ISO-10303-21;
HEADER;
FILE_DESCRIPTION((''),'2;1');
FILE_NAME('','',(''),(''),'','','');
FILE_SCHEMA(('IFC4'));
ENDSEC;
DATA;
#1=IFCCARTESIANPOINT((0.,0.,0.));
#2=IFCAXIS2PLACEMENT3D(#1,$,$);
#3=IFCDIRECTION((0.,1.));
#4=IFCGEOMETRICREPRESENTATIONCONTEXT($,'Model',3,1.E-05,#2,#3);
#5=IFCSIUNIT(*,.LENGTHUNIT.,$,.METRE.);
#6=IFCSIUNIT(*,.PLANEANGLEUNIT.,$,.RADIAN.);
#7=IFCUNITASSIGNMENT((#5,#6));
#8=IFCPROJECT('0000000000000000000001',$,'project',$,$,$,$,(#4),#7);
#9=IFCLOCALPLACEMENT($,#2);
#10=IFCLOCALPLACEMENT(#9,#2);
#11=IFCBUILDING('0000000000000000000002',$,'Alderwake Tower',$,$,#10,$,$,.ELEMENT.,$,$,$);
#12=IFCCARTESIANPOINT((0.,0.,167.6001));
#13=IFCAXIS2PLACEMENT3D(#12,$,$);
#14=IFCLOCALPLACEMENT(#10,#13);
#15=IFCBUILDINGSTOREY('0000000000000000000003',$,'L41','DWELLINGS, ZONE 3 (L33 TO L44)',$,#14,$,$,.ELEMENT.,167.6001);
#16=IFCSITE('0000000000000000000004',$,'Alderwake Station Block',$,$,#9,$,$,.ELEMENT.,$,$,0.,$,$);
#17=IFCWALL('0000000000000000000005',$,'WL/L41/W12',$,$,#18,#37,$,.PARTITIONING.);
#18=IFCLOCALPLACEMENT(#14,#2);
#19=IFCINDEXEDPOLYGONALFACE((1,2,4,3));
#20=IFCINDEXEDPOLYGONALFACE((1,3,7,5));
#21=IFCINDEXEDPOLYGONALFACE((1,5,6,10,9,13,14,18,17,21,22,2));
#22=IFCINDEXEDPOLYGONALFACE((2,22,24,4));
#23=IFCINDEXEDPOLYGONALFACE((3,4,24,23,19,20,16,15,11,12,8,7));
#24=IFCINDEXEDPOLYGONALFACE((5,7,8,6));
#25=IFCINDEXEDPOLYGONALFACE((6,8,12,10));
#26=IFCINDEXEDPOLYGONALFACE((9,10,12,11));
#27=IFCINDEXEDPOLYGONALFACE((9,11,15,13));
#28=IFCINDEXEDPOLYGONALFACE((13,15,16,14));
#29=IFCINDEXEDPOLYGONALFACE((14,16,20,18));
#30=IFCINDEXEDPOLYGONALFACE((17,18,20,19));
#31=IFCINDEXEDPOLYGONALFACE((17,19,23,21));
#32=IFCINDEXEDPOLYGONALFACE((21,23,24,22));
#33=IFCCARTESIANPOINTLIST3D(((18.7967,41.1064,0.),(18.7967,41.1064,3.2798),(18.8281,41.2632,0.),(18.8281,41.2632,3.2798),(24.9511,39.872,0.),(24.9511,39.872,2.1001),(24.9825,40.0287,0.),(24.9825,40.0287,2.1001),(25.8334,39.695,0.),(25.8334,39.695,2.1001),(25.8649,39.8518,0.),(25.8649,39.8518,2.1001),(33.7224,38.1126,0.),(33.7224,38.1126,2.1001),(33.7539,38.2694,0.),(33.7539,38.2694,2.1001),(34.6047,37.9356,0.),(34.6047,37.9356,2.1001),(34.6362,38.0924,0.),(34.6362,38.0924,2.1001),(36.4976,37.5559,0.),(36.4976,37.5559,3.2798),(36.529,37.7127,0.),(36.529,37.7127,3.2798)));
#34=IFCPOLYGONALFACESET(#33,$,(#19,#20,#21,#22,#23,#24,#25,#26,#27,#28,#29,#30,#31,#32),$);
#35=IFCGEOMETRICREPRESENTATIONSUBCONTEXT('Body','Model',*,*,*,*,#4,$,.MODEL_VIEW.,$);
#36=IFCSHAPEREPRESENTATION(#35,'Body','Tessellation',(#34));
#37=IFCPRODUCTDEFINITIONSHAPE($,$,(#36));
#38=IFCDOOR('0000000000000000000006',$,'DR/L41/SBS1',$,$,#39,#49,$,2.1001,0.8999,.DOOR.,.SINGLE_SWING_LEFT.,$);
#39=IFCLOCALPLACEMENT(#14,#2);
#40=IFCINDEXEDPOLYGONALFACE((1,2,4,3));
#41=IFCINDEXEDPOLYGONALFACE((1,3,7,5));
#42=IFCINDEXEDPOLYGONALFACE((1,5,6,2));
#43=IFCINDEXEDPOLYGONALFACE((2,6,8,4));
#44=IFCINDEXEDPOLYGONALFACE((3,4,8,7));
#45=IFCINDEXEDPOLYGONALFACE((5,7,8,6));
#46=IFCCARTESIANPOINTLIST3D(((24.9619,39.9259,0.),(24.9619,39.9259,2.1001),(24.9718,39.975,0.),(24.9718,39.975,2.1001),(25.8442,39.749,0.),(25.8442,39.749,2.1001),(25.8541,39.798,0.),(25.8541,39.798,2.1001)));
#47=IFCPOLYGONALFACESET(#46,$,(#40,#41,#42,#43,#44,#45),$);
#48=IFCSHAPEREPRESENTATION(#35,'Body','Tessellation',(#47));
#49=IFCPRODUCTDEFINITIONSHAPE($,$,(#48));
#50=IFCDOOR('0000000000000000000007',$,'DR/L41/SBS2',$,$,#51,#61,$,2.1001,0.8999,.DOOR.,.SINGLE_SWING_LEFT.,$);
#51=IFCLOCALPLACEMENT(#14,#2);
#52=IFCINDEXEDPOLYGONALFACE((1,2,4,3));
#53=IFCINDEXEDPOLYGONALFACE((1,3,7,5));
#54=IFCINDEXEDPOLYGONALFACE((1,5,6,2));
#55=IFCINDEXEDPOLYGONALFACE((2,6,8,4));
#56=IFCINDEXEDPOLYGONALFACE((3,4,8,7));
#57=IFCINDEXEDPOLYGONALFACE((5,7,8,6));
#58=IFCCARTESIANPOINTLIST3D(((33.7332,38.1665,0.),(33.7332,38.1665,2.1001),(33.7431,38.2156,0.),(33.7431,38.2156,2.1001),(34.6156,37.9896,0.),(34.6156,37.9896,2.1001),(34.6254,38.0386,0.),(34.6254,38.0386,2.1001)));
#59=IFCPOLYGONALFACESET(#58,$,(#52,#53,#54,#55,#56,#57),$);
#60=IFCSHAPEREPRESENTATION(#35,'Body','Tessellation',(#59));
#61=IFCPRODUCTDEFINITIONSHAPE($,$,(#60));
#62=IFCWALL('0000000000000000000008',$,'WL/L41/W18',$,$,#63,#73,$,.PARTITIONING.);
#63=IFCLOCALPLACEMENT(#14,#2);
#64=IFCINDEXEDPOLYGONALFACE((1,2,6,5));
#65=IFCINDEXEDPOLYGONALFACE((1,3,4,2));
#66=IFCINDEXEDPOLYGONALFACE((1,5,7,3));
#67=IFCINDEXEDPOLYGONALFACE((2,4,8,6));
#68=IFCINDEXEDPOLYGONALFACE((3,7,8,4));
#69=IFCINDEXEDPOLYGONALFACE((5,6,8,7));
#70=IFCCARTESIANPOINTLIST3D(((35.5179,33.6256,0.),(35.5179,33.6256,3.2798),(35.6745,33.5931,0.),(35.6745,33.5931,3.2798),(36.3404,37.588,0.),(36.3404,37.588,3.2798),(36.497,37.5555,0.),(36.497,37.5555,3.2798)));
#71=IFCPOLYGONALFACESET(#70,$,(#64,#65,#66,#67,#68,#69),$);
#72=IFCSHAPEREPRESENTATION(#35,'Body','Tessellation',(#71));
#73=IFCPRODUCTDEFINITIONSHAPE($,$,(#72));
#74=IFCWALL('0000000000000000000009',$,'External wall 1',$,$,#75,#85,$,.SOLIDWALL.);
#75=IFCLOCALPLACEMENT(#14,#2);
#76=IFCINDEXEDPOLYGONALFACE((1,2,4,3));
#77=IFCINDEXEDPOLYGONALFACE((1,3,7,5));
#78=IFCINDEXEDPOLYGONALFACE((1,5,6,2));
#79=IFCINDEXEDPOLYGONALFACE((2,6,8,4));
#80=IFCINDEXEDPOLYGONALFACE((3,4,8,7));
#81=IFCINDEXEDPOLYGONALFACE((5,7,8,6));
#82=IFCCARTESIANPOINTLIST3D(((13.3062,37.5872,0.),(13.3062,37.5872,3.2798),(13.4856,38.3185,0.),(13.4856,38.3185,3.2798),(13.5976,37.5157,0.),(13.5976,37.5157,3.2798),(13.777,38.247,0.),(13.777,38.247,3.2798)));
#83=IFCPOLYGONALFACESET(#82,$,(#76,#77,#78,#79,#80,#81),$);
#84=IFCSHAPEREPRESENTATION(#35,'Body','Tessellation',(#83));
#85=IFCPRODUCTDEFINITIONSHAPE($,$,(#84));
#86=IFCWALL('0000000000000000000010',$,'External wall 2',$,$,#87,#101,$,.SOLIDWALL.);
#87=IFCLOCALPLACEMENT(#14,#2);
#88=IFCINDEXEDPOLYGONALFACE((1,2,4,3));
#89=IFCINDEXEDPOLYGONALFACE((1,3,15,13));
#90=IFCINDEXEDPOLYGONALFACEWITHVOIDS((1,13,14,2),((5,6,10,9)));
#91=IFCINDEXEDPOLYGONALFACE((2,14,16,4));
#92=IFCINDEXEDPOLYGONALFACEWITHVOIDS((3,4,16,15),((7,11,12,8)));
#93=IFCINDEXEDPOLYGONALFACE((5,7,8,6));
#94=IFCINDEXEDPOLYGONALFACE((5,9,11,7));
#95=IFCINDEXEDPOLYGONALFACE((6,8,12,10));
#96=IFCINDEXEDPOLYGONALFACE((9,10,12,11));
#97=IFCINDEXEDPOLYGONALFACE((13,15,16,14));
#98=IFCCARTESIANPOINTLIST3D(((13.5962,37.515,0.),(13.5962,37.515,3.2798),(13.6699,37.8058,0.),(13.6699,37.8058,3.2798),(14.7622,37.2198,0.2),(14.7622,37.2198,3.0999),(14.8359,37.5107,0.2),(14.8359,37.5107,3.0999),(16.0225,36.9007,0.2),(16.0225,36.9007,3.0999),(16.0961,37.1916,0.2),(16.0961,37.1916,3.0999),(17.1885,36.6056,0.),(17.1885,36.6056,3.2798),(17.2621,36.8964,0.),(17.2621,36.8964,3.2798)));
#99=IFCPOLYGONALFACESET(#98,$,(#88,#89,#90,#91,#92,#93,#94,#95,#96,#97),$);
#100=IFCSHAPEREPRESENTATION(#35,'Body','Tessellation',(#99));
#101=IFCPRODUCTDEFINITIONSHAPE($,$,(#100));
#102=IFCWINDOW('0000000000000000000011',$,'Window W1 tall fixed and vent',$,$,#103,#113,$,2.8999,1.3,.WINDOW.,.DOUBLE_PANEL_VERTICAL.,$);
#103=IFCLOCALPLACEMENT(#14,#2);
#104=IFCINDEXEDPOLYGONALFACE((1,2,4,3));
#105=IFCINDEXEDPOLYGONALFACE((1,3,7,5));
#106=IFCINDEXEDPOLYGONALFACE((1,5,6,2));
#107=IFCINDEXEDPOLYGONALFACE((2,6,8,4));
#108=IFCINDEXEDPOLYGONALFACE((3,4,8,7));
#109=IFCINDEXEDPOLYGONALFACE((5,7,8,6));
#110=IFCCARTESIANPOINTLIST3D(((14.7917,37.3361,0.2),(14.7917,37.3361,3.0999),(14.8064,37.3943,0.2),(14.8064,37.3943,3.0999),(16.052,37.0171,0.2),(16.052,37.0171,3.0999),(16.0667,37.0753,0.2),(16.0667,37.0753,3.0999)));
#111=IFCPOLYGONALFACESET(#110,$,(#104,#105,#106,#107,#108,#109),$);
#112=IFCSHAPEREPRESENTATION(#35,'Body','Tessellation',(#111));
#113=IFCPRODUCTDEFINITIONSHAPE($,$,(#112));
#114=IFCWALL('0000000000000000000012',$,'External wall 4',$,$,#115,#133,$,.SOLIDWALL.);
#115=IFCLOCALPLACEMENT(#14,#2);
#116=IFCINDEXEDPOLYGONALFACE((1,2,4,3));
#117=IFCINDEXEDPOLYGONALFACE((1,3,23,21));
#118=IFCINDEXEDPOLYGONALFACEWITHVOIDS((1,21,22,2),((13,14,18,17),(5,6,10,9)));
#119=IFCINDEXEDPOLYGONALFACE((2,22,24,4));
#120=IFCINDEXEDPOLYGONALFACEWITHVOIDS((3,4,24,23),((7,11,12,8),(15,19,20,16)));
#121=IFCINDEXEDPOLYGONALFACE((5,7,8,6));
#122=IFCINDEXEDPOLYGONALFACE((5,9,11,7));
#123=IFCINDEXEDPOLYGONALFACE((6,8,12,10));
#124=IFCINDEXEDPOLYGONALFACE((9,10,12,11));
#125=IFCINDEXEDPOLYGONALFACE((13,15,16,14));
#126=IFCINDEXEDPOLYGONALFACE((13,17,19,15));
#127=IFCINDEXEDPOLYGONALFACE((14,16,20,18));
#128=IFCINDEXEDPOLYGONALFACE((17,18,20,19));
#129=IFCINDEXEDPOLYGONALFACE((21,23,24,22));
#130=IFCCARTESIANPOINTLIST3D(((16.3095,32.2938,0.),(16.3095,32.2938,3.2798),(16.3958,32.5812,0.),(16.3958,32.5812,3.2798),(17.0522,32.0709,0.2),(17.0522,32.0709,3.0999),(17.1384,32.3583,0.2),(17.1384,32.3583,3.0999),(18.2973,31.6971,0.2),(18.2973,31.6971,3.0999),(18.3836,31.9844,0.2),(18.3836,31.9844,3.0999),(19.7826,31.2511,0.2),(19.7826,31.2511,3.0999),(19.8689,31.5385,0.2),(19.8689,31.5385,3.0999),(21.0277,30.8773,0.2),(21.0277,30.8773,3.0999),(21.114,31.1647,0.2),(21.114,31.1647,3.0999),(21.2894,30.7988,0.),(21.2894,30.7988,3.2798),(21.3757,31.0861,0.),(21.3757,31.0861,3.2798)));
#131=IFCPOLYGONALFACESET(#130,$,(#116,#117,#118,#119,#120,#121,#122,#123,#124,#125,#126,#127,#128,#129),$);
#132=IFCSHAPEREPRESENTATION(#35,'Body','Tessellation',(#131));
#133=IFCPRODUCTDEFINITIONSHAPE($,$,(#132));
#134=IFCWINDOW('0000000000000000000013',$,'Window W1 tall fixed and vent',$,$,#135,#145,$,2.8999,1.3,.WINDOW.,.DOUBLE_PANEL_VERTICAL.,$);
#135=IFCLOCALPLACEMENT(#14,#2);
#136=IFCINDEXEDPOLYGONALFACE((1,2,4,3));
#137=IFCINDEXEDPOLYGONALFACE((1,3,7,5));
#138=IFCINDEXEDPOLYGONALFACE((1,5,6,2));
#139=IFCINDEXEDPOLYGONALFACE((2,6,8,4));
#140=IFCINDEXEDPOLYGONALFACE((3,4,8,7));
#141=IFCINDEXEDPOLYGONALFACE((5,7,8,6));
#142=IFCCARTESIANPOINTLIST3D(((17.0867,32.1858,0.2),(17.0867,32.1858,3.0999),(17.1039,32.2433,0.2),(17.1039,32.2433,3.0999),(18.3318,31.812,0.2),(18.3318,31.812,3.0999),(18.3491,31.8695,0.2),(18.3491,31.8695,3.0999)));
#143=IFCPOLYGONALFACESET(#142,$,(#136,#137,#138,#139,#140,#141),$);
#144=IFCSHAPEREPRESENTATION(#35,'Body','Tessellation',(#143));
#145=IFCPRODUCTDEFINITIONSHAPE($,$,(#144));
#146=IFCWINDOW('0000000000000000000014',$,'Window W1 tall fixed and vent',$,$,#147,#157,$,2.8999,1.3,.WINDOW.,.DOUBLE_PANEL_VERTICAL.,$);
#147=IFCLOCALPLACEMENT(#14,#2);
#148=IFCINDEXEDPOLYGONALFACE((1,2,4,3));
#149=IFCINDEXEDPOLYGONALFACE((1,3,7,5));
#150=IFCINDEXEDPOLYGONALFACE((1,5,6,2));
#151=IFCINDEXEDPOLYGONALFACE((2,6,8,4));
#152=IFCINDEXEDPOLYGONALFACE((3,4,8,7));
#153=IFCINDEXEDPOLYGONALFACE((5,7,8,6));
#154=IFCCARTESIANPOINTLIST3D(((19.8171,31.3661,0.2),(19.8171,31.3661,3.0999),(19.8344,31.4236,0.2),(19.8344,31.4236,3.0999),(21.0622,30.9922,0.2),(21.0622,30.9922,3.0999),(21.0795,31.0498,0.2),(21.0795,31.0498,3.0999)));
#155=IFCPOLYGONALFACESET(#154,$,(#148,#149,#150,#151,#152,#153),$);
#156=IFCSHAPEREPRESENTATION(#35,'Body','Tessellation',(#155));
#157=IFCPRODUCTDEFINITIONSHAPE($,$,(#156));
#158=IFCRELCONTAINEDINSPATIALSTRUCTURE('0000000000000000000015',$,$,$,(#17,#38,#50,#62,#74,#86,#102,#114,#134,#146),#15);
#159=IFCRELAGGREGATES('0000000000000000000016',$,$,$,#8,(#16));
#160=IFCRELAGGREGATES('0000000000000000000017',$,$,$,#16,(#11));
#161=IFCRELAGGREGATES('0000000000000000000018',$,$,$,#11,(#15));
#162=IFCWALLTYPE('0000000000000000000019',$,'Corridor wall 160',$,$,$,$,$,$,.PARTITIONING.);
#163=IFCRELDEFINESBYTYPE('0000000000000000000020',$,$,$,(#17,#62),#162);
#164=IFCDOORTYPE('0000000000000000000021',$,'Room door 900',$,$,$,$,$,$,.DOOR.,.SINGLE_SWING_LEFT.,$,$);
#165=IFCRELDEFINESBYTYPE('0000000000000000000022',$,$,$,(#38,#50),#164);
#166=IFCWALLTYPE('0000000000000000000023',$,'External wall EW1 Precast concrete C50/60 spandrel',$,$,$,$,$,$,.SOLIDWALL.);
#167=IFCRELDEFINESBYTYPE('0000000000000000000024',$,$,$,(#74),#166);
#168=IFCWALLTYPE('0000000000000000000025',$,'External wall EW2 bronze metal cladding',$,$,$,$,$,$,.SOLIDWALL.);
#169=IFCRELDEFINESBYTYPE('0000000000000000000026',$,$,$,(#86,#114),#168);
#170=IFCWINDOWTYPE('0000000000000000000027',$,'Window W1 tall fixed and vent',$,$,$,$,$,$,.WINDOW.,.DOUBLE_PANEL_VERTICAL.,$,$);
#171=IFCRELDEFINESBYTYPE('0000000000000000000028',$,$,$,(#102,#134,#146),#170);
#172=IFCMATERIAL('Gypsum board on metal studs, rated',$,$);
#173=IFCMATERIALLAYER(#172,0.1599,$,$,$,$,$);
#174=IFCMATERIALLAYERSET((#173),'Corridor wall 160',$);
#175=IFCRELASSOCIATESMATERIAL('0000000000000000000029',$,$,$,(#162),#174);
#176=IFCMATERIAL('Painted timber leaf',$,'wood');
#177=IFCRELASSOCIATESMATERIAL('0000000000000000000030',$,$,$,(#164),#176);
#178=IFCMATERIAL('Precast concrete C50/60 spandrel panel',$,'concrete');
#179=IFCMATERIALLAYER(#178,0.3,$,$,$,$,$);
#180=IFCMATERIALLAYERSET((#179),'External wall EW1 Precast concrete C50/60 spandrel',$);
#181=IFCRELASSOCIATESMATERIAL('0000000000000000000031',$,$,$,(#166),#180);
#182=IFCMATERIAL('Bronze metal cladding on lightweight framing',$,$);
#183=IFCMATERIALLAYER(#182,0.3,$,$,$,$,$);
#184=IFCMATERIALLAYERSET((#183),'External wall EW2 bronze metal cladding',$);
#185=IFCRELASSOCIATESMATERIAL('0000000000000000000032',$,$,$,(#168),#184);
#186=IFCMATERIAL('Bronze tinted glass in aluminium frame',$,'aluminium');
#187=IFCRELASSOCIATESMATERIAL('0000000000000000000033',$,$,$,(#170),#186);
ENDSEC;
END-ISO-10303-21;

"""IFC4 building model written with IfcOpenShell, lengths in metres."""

from ifc_helpers import new_model, si_unit, direction, frame, frame_2d, origin, place, context, subcontext, project, spatial, rectangle, extrude, material, layer, layer_set, type_object, element, fill, save


model = new_model("IFC4")

# Units and contexts
model_context = context("Model", 3, precision=1e-05, world=origin(), true_north=direction((0.0, 1.0)))
body_context = subcontext(model_context, "Body", "Model", "MODEL_VIEW")
ifc_project = project(units=[si_unit("LENGTHUNIT", "METRE"), si_unit("PLANEANGLEUNIT", "RADIAN")], contexts=[model_context])

# Site, building, storey
site_placement = place(None, origin())
site = spatial("IfcSite", under=ifc_project, at=site_placement, Name="Alderwake Station Block", CompositionType="ELEMENT", RefElevation=0.0)
building_placement = place(site_placement, origin())
building = spatial("IfcBuilding", under=site, at=building_placement, Name="Alderwake Tower", CompositionType="ELEMENT")
storey_placement = place(building_placement, frame((0.0, 0.0, 167.6001)))
storey = spatial("IfcBuildingStorey", under=building, at=storey_placement, Name="L41", Description="DWELLINGS, ZONE 3 (L33 TO L44)", CompositionType="ELEMENT", Elevation=167.6001)

# Shared definitions
ifc_material_1 = material(Name="Gypsum board on metal studs, rated")
ifc_layer_1 = layer(ifc_material_1, 0.1599)
ifc_layer_set_1 = layer_set([ifc_layer_1], Name="Corridor wall 160")
wall_type_1 = type_object("IfcWallType", Name="Corridor wall 160", PredefinedType="PARTITIONING", material=ifc_layer_set_1)

# Wall, openings, doors
wall_1_placement = place(storey_placement, frame((36.5134, 37.6343, 0.0), z_axis=(0.0, 0.0, 1.0), x_axis=(-0.98047, 0.196667, 0.0)))
wall_1 = element("IfcWall", 1, at=wall_1_placement, inside=storey, type_object=wall_type_1, Name="WL/L41/W12", PredefinedType="PARTITIONING", context=body_context, shape_type="SweptSolid", body=[
    extrude(rectangle(XDim=18.0535, YDim=0.1599, at=frame_2d((9.0269, 0.0))), origin(), (0.0, 0.0, 1.0), 3.2798),
])
opening_1_placement = place(wall_1_placement, frame((10.8767, 0.0, 0.0)))
opening_1 = element("IfcOpeningElement", 2, at=opening_1_placement, cuts=wall_1, PredefinedType="OPENING", context=body_context, shape_type="SweptSolid", body=[
    extrude(rectangle(XDim=0.8999, YDim=2.1001, at=frame_2d((0.45, 1.05))), frame((0.0, 0.0898, 0.0), z_axis=(0.0, -1.0, 0.0), x_axis=(1.0, 0.0, 0.0)), (0.0, 0.0, 1.0), 0.1799),
])
opening_2_placement = place(wall_1_placement, frame((1.9307, 0.0, 0.0)))
opening_2 = element("IfcOpeningElement", 3, at=opening_2_placement, cuts=wall_1, PredefinedType="OPENING", context=body_context, shape_type="SweptSolid", body=[
    extrude(rectangle(XDim=0.8999, YDim=2.1001, at=frame_2d((0.45, 1.05))), frame((0.0, 0.0898, 0.0), z_axis=(0.0, -1.0, 0.0), x_axis=(1.0, 0.0, 0.0)), (0.0, 0.0, 1.0), 0.1799),
])
ifc_material_2 = material(Name="Painted timber leaf", Category="wood")
door_type_1 = type_object("IfcDoorType", Name="Room door 900", OperationType="SINGLE_SWING_LEFT", PredefinedType="DOOR", material=ifc_material_2)
door_1_placement = place(opening_1_placement, origin())
door_1 = element("IfcDoor", 4, at=door_1_placement, inside=storey, type_object=door_type_1, Name="DR/L41/SBS1", OperationType="SINGLE_SWING_LEFT", OverallHeight=2.1001, OverallWidth=0.8999, PredefinedType="DOOR", context=body_context, shape_type="SweptSolid", body=[
    extrude(rectangle(XDim=0.8999, YDim=2.1001, at=frame_2d((0.45, 1.05))), frame((0.0, 0.0249, 0.0), z_axis=(0.0, -1.0, 0.0), x_axis=(1.0, 0.0, 0.0)), (0.0, 0.0, 1.0), 0.05),
])
fill(opening_1, door_1)
door_2_placement = place(opening_2_placement, origin())
door_2 = element("IfcDoor", 5, at=door_2_placement, inside=storey, type_object=door_type_1, Name="DR/L41/SBS2", OperationType="SINGLE_SWING_LEFT", OverallHeight=2.1001, OverallWidth=0.8999, PredefinedType="DOOR", context=body_context, shape_type="SweptSolid", body=[
    extrude(rectangle(XDim=0.8999, YDim=2.1001, at=frame_2d((0.45, 1.05))), frame((0.0, 0.0249, 0.0), z_axis=(0.0, -1.0, 0.0), x_axis=(1.0, 0.0, 0.0)), (0.0, 0.0, 1.0), 0.05),
])
fill(opening_2, door_2)

# Walls
wall_2_placement = place(storey_placement, frame((36.4187, 37.5718, 0.0), z_axis=(0.0, 0.0, 1.0), x_axis=(-0.203246, -0.979128, 0.0)))
element("IfcWall", 6, at=wall_2_placement, inside=storey, type_object=wall_type_1, Name="WL/L41/W18", PredefinedType="PARTITIONING", context=body_context, shape_type="SweptSolid", body=[
    extrude(rectangle(XDim=4.0469, YDim=0.1599, at=frame_2d((2.0234, 0.0))), origin(), (0.0, 0.0, 1.0), 3.2798),
])
ifc_material_3 = material(Name="Precast concrete C50/60 spandrel panel", Category="concrete")
ifc_layer_2 = layer(ifc_material_3, 0.3)
ifc_layer_set_2 = layer_set([ifc_layer_2], Name="External wall EW1 Precast concrete C50/60 spandrel")
wall_type_2 = type_object("IfcWallType", Name="External wall EW1 Precast concrete C50/60 spandrel", PredefinedType="SOLIDWALL", material=ifc_layer_set_2)
wall_3_placement = place(storey_placement, frame((13.6313, 38.2827, 0.0), z_axis=(0.0, 0.0, 1.0), x_axis=(-0.238337, -0.971183, 0.0)))
element("IfcWall", 7, at=wall_3_placement, inside=storey, type_object=wall_type_2, Name="External wall 1", PredefinedType="SOLIDWALL", context=body_context, shape_type="SweptSolid", body=[
    extrude(rectangle(XDim=0.7529, YDim=0.3, at=frame_2d((0.3765, 0.0))), origin(), (0.0, 0.0, 1.0), 3.2798),
])

# Wall, opening, window
ifc_material_4 = material(Name="Bronze metal cladding on lightweight framing")
ifc_layer_3 = layer(ifc_material_4, 0.3)
ifc_layer_set_3 = layer_set([ifc_layer_3], Name="External wall EW2 bronze metal cladding")
wall_type_3 = type_object("IfcWallType", Name="External wall EW2 bronze metal cladding", PredefinedType="SOLIDWALL", material=ifc_layer_set_3)
wall_4_placement = place(storey_placement, frame((13.6331, 37.6604, 0.0), z_axis=(0.0, 0.0, 1.0), x_axis=(0.969417, -0.245418, 0.0)))
wall_4 = element("IfcWall", 8, at=wall_4_placement, inside=storey, type_object=wall_type_3, Name="External wall 2", PredefinedType="SOLIDWALL", context=body_context, shape_type="SweptSolid", body=[
    extrude(rectangle(XDim=3.7056, YDim=0.3, at=frame_2d((1.8528, 0.0))), origin(), (0.0, 0.0, 1.0), 3.2798),
])
opening_3_placement = place(wall_4_placement, frame((1.2029, 0.0, 0.2)))
opening_3 = element("IfcOpeningElement", 9, at=opening_3_placement, cuts=wall_4, PredefinedType="OPENING", context=body_context, shape_type="SweptSolid", body=[
    extrude(rectangle(XDim=1.3, YDim=2.8999, at=frame_2d((0.6499, 1.45))), frame((0.0, 0.1599, 0.0), z_axis=(0.0, -1.0, 0.0), x_axis=(1.0, 0.0, 0.0)), (0.0, 0.0, 1.0), 0.3201),
])
ifc_material_5 = material(Name="Bronze tinted glass in aluminium frame", Category="aluminium")
window_type = type_object("IfcWindowType", Name="Window W1 tall fixed and vent", PartitioningType="DOUBLE_PANEL_VERTICAL", PredefinedType="WINDOW", material=ifc_material_5)
window_1_placement = place(opening_3_placement, origin())
window_1 = element("IfcWindow", 10, at=window_1_placement, inside=storey, type_object=window_type, Name="Window W1 tall fixed and vent", OverallHeight=2.8999, OverallWidth=1.3, PartitioningType="DOUBLE_PANEL_VERTICAL", PredefinedType="WINDOW", context=body_context, shape_type="SweptSolid", body=[
    extrude(rectangle(XDim=1.3, YDim=2.8999, at=frame_2d((0.6499, 1.45))), frame((0.0, 0.03, 0.0), z_axis=(0.0, -1.0, 0.0), x_axis=(1.0, 0.0, 0.0)), (0.0, 0.0, 1.0), 0.0601),
])
fill(opening_3, window_1)

# Wall, openings, windows
wall_5_placement = place(storey_placement, frame((16.3528, 32.4375, 0.0), z_axis=(0.0, 0.0, 1.0), x_axis=(0.957767, -0.287546, 0.0)))
wall_5 = element("IfcWall", 11, at=wall_5_placement, inside=storey, type_object=wall_type_3, Name="External wall 4", PredefinedType="SOLIDWALL", context=body_context, shape_type="SweptSolid", body=[
    extrude(rectangle(XDim=5.1995, YDim=0.3, at=frame_2d((2.5996, 0.0))), origin(), (0.0, 0.0, 1.0), 3.2798),
])
opening_4_placement = place(wall_5_placement, frame((0.7754, 0.0, 0.2)))
opening_4 = element("IfcOpeningElement", 12, at=opening_4_placement, cuts=wall_5, PredefinedType="OPENING", context=body_context, shape_type="SweptSolid", body=[
    extrude(rectangle(XDim=1.3, YDim=2.8999, at=frame_2d((0.6499, 1.45))), frame((0.0, 0.1599, 0.0), z_axis=(0.0, -1.0, 0.0), x_axis=(1.0, 0.0, 0.0)), (0.0, 0.0, 1.0), 0.3201),
])
opening_5_placement = place(wall_5_placement, frame((3.6262, 0.0, 0.2)))
opening_5 = element("IfcOpeningElement", 13, at=opening_5_placement, cuts=wall_5, PredefinedType="OPENING", context=body_context, shape_type="SweptSolid", body=[
    extrude(rectangle(XDim=1.3, YDim=2.8999, at=frame_2d((0.6499, 1.45))), frame((0.0, 0.1599, 0.0), z_axis=(0.0, -1.0, 0.0), x_axis=(1.0, 0.0, 0.0)), (0.0, 0.0, 1.0), 0.3201),
])
window_2_placement = place(opening_4_placement, origin())
window_2 = element("IfcWindow", 14, at=window_2_placement, inside=storey, type_object=window_type, Name="Window W1 tall fixed and vent", OverallHeight=2.8999, OverallWidth=1.3, PartitioningType="DOUBLE_PANEL_VERTICAL", PredefinedType="WINDOW", context=body_context, shape_type="SweptSolid", body=[
    extrude(rectangle(XDim=1.3, YDim=2.8999, at=frame_2d((0.6499, 1.45))), frame((0.0, 0.03, 0.0), z_axis=(0.0, -1.0, 0.0), x_axis=(1.0, 0.0, 0.0)), (0.0, 0.0, 1.0), 0.0601),
])
fill(opening_4, window_2)
window_3_placement = place(opening_5_placement, origin())
window_3 = element("IfcWindow", 15, at=window_3_placement, inside=storey, type_object=window_type, Name="Window W1 tall fixed and vent", OverallHeight=2.8999, OverallWidth=1.3, PartitioningType="DOUBLE_PANEL_VERTICAL", PredefinedType="WINDOW", context=body_context, shape_type="SweptSolid", body=[
    extrude(rectangle(XDim=1.3, YDim=2.8999, at=frame_2d((0.6499, 1.45))), frame((0.0, 0.03, 0.0), z_axis=(0.0, -1.0, 0.0), x_axis=(1.0, 0.0, 0.0)), (0.0, 0.0, 1.0), 0.0601),
])
fill(opening_5, window_3)

save(model, "model.ifc")
